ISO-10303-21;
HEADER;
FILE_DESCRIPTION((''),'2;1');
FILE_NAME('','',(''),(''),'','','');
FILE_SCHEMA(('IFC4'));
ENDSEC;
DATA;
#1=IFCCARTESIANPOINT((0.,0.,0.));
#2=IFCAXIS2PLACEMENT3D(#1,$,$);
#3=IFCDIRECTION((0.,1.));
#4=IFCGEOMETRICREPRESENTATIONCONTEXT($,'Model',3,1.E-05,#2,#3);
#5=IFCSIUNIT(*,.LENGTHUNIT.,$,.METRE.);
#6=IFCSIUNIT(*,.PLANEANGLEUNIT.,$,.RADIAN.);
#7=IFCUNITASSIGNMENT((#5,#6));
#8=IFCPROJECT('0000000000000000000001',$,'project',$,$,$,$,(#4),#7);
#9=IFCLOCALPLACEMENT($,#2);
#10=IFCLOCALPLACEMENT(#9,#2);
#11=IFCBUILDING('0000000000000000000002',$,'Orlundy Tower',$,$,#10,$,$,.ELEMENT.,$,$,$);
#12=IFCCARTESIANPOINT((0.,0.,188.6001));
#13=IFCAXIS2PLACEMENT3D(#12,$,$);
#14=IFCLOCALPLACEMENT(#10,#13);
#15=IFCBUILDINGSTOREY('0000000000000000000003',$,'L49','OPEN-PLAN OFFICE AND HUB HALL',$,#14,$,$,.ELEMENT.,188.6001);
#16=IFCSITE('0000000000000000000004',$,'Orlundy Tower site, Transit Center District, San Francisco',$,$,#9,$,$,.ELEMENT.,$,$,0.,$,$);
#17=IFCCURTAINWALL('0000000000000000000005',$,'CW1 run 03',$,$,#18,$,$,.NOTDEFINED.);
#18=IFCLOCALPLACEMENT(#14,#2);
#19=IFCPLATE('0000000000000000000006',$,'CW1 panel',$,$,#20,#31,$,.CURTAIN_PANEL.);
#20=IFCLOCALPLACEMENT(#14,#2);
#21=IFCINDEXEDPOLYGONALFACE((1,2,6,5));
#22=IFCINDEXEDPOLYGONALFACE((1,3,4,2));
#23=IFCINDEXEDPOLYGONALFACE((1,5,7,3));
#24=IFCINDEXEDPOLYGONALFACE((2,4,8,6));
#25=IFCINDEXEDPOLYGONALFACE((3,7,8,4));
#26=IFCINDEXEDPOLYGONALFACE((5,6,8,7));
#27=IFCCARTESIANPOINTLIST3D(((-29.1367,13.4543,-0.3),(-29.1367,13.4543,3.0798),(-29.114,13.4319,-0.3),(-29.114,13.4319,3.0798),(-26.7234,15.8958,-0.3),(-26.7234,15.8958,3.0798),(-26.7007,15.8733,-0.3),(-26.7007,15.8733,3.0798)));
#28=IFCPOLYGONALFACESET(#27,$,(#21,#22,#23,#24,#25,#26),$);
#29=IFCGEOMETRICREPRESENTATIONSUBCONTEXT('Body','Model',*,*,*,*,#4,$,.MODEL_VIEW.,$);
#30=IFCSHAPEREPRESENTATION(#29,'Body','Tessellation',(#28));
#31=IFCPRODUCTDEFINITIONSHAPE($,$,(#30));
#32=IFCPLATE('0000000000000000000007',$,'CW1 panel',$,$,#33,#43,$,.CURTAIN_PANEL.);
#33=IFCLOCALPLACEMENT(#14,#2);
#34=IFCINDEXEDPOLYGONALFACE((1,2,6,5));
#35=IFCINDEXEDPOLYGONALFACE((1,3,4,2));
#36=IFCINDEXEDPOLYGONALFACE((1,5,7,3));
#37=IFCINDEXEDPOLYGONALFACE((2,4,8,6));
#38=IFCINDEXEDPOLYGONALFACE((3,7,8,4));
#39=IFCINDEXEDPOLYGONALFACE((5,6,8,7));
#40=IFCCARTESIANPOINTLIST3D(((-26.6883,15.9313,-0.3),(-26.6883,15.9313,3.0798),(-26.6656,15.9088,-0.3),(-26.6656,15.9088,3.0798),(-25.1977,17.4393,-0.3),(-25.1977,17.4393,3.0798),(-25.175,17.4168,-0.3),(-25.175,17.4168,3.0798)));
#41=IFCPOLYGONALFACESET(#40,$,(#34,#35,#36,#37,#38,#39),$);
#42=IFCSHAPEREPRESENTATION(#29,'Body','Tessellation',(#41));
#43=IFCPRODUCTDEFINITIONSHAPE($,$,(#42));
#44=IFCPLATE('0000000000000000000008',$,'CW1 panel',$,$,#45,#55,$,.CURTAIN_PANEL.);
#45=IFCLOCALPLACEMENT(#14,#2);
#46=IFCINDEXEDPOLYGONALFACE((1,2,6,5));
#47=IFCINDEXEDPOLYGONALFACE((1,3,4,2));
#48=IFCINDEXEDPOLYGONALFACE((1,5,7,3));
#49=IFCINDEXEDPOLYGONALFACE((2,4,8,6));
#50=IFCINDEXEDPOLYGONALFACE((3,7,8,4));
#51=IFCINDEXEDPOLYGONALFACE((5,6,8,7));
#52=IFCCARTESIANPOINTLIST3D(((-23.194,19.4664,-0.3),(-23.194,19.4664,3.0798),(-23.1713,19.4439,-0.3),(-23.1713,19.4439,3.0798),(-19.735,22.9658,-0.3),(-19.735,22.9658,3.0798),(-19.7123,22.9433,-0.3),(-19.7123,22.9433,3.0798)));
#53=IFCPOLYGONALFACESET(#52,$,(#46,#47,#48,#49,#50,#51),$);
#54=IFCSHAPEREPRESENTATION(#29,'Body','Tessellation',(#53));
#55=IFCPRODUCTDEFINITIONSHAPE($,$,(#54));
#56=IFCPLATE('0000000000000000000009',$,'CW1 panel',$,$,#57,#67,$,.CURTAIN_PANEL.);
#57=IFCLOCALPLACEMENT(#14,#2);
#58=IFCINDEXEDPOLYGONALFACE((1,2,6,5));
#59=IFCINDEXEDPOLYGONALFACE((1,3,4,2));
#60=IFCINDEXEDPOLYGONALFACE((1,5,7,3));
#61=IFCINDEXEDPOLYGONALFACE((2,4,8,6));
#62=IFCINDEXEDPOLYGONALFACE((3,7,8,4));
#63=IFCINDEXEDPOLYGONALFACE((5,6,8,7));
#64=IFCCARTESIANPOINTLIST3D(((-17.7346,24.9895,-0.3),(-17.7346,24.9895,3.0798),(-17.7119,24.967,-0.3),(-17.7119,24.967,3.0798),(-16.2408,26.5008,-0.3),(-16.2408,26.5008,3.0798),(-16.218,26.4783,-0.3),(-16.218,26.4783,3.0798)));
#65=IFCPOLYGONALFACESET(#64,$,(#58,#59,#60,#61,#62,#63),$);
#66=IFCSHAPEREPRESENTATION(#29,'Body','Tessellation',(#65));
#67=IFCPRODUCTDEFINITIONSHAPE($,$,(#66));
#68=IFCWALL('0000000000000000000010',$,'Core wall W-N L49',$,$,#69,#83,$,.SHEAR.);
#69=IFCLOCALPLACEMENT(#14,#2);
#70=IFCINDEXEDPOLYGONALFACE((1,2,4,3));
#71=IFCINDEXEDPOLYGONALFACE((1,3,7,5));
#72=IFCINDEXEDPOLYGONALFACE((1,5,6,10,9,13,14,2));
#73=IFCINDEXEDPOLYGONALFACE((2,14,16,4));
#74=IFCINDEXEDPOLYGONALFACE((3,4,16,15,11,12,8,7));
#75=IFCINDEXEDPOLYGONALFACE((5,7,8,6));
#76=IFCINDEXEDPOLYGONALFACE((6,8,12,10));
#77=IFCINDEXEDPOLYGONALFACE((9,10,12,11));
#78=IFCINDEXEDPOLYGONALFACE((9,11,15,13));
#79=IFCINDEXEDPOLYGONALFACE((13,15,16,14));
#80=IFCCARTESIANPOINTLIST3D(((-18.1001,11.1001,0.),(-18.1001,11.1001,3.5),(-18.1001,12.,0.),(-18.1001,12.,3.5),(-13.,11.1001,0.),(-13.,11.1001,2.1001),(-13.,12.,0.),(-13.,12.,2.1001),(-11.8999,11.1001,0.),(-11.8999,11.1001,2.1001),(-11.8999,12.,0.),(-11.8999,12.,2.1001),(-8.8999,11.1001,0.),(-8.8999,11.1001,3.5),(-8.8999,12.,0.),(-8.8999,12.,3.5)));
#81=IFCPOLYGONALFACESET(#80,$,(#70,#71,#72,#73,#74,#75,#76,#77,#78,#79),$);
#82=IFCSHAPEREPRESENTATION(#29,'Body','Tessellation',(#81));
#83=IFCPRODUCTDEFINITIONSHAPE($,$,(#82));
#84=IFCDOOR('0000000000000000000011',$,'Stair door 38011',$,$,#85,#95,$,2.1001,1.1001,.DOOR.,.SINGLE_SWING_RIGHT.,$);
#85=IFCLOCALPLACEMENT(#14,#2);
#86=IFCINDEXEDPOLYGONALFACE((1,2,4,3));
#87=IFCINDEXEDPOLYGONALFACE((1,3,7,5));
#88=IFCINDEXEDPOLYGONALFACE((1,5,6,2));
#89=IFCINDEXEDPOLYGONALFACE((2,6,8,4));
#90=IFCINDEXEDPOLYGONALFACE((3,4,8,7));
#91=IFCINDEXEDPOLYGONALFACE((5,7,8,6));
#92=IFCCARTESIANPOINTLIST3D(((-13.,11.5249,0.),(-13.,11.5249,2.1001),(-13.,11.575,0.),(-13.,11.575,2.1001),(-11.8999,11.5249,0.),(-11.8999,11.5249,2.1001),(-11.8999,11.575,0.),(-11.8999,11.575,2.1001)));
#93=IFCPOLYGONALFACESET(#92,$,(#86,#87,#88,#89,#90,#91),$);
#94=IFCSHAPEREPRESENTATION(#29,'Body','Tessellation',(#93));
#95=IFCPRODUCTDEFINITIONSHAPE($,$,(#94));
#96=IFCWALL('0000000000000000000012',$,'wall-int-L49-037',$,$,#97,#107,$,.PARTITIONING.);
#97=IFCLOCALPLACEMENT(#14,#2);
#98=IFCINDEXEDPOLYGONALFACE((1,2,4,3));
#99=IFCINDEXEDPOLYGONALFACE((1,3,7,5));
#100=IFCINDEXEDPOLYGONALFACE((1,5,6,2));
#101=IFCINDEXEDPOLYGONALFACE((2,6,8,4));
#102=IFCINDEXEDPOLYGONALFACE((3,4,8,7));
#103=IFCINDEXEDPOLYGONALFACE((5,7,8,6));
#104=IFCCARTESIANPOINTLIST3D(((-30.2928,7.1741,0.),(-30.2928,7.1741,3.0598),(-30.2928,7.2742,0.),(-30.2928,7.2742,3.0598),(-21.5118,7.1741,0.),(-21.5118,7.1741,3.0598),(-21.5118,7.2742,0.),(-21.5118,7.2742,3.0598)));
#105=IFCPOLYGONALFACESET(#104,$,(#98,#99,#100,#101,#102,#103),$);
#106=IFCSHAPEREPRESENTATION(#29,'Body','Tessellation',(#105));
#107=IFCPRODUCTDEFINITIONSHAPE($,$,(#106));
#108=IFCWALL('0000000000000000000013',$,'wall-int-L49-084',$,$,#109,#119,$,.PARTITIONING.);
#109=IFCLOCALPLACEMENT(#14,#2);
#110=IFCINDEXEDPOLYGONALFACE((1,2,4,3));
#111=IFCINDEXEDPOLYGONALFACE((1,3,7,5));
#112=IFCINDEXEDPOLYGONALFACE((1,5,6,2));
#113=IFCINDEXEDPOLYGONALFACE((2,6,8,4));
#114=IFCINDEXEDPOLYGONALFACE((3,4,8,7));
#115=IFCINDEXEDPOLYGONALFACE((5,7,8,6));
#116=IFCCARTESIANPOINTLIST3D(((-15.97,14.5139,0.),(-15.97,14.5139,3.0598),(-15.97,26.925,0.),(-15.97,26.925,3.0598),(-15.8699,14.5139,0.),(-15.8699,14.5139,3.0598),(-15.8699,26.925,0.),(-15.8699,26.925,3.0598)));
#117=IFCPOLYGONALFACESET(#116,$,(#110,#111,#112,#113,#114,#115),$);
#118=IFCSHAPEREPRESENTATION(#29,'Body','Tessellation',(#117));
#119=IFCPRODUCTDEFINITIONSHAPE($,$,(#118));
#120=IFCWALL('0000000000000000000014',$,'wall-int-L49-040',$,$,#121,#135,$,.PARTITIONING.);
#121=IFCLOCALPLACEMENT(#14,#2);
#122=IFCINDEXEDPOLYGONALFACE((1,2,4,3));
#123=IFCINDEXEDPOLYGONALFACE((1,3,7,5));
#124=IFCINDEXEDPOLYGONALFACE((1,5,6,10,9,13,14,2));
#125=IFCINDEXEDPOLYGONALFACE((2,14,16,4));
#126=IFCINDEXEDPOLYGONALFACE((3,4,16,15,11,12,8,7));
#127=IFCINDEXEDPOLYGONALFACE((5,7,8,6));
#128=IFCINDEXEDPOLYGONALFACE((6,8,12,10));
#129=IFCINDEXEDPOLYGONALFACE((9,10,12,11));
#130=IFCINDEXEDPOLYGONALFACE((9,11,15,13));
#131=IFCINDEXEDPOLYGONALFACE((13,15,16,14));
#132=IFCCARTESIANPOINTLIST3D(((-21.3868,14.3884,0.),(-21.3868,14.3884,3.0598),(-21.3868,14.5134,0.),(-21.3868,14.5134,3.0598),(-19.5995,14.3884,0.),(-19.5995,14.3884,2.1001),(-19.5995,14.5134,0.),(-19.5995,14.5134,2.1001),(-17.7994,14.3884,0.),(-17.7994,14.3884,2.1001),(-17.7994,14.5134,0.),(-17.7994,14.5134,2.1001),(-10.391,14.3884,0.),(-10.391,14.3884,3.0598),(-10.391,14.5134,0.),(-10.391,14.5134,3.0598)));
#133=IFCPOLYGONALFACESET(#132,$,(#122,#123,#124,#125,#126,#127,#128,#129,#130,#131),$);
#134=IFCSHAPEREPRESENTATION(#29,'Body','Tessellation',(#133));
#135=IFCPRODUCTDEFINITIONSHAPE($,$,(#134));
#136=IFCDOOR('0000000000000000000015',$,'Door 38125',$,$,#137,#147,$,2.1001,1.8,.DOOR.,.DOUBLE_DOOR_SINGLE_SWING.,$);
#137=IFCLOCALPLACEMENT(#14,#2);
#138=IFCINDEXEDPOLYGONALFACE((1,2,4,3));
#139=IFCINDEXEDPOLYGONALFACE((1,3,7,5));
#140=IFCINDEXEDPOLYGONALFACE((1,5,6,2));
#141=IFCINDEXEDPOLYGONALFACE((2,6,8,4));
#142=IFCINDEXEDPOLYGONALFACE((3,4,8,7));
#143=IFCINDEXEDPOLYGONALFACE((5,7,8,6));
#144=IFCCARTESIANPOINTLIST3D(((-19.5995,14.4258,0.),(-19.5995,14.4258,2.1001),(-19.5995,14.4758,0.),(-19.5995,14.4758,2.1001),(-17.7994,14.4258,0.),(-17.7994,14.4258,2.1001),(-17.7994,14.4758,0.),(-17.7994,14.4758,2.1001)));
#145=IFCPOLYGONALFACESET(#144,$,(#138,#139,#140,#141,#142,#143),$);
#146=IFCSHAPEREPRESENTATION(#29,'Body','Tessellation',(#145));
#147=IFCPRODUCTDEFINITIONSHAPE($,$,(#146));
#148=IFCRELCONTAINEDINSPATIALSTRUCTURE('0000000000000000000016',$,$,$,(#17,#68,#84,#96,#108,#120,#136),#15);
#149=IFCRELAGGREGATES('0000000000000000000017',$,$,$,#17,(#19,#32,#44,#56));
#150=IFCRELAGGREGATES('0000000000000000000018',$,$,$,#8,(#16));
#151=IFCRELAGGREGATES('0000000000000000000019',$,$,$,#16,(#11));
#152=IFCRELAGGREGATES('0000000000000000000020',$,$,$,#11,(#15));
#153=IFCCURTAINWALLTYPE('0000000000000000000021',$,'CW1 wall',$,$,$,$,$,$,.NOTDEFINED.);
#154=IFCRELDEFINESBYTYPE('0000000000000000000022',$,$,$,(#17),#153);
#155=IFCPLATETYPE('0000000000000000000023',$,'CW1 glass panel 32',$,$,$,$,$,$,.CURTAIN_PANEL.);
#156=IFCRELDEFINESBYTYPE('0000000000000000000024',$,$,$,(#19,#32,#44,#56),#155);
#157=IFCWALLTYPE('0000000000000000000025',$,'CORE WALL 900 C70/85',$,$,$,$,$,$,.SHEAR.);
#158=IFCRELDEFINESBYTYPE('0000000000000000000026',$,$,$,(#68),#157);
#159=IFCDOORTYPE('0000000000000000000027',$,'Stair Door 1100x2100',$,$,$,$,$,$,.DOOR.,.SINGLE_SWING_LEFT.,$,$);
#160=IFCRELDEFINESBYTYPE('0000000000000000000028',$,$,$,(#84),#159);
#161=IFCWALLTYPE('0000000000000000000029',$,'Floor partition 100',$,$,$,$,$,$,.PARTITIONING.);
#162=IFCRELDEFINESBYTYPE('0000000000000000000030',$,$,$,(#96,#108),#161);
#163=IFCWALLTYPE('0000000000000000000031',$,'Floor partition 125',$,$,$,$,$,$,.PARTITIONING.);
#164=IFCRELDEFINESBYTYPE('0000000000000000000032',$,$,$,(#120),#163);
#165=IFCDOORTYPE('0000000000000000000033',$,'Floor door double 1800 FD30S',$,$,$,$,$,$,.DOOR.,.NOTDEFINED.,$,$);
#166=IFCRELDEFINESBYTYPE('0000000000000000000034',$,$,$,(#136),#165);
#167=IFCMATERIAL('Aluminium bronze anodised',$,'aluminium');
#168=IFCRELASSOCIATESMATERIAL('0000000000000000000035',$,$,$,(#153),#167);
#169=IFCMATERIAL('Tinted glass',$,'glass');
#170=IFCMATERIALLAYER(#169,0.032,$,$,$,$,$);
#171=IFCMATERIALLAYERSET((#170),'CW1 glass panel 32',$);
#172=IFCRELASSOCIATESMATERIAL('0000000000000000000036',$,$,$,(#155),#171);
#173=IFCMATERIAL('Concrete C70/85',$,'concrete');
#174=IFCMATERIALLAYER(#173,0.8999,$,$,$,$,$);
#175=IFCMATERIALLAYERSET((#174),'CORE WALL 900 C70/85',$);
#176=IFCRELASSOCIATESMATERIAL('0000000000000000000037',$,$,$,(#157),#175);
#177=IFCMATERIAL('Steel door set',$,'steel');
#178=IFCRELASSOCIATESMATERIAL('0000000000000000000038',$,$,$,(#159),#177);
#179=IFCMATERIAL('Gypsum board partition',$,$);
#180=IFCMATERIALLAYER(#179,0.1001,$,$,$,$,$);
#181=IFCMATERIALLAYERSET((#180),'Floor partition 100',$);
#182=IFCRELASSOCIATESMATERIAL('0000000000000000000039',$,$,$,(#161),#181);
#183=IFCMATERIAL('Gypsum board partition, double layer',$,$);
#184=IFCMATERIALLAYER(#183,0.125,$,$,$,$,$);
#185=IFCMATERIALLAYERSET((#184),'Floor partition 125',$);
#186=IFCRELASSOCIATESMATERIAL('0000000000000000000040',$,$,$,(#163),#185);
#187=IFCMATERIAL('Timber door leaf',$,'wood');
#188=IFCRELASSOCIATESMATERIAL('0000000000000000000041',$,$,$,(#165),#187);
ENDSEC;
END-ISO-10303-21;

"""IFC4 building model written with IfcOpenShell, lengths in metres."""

from ifc_helpers import new_model, si_unit, direction, frame, frame_2d, origin, origin_2d, place, context, subcontext, project, spatial, rectangle, extrude, material, layer, layer_set, type_object, element, fill, aggregate, save


model = new_model("IFC4")

# Units and contexts
model_context = context("Model", 3, precision=1e-05, world=origin(), true_north=direction((0.0, 1.0)))
body_context = subcontext(model_context, "Body", "Model", "MODEL_VIEW")
ifc_project = project(units=[si_unit("LENGTHUNIT", "METRE"), si_unit("PLANEANGLEUNIT", "RADIAN")], contexts=[model_context])

# Site, building, storey
site_placement = place(None, origin())
site = spatial("IfcSite", under=ifc_project, at=site_placement, Name="Orlundy Tower site, Transit Center District, San Francisco", CompositionType="ELEMENT", RefElevation=0.0)
building_placement = place(site_placement, origin())
building = spatial("IfcBuilding", under=site, at=building_placement, Name="Orlundy Tower", CompositionType="ELEMENT")
storey_placement = place(building_placement, frame((0.0, 0.0, 188.6001)))
storey = spatial("IfcBuildingStorey", under=building, at=storey_placement, Name="L49", Description="OPEN-PLAN OFFICE AND HUB HALL", CompositionType="ELEMENT", Elevation=188.6001)

# Shared definitions
ifc_material_1 = material(Name="Aluminium bronze anodised", Category="aluminium")
curtain_wall_type = type_object("IfcCurtainWallType", Name="CW1 wall", PredefinedType="NOTDEFINED", material=ifc_material_1)

# Curtain wall
curtain_wall_1_placement = place(storey_placement, origin())
curtain_wall_1 = element("IfcCurtainWall", 1, at=curtain_wall_1_placement, inside=storey, type_object=curtain_wall_type, Name="CW1 run 03", PredefinedType="NOTDEFINED")

# Plates
ifc_material_2 = material(Name="Tinted glass", Category="glass")
ifc_layer_1 = layer(ifc_material_2, 0.032)
ifc_layer_set_1 = layer_set([ifc_layer_1], Name="CW1 glass panel 32")
plate_type = type_object("IfcPlateType", Name="CW1 glass panel 32", PredefinedType="CURTAIN_PANEL", material=ifc_layer_set_1)
plate_1_placement = place(storey_placement, frame((-27.9187, 14.6638, -0.3), z_axis=(0.0, 0.0, 1.0), x_axis=(0.702991, 0.711199, 0.0)))
plate_1 = element("IfcPlate", 2, at=plate_1_placement, type_object=plate_type, Name="CW1 panel", PredefinedType="CURTAIN_PANEL", context=body_context, shape_type="SweptSolid", body=[
    extrude(rectangle(XDim=3.4329, YDim=0.032, at=origin_2d()), origin(), (0.0, 0.0, 1.0), 3.3799),
])
plate_2_placement = place(storey_placement, frame((-25.9316, 16.6741, -0.3), z_axis=(0.0, 0.0, 1.0), x_axis=(0.702991, 0.711199, 0.0)))
plate_2 = element("IfcPlate", 3, at=plate_2_placement, type_object=plate_type, Name="CW1 panel", PredefinedType="CURTAIN_PANEL", context=body_context, shape_type="SweptSolid", body=[
    extrude(rectangle(XDim=2.1204, YDim=0.032, at=origin_2d()), origin(), (0.0, 0.0, 1.0), 3.3799),
])
plate_3_placement = place(storey_placement, frame((-21.4531, 21.2048, -0.3), z_axis=(0.0, 0.0, 1.0), x_axis=(0.702991, 0.711199, 0.0)))
plate_3 = element("IfcPlate", 4, at=plate_3_placement, type_object=plate_type, Name="CW1 panel", PredefinedType="CURTAIN_PANEL", context=body_context, shape_type="SweptSolid", body=[
    extrude(rectangle(XDim=4.9204, YDim=0.032, at=origin_2d()), origin(), (0.0, 0.0, 1.0), 3.3799),
])
plate_4_placement = place(storey_placement, frame((-16.9763, 25.7339, -0.3), z_axis=(0.0, 0.0, 1.0), x_axis=(0.702991, 0.711199, 0.0)))
plate_4 = element("IfcPlate", 5, at=plate_4_placement, type_object=plate_type, Name="CW1 panel", PredefinedType="CURTAIN_PANEL", context=body_context, shape_type="SweptSolid", body=[
    extrude(rectangle(XDim=2.125, YDim=0.032, at=origin_2d()), origin(), (0.0, 0.0, 1.0), 3.3799),
])
aggregate(curtain_wall_1, [plate_1, plate_2, plate_3, plate_4])

# Wall, opening, door
ifc_material_3 = material(Name="Concrete C70/85", Category="concrete")
ifc_layer_2 = layer(ifc_material_3, 0.8999)
ifc_layer_set_2 = layer_set([ifc_layer_2], Name="CORE WALL 900 C70/85")
wall_type_1 = type_object("IfcWallType", Name="CORE WALL 900 C70/85", PredefinedType="SHEAR", material=ifc_layer_set_2)
wall_1_placement = place(storey_placement, frame((-18.1001, 11.55, 0.0), z_axis=(0.0, 0.0, 1.0), x_axis=(1.0, 0.0, 0.0)))
wall_1 = element("IfcWall", 6, at=wall_1_placement, inside=storey, type_object=wall_type_1, Name="Core wall W-N L49", PredefinedType="SHEAR", context=body_context, shape_type="SweptSolid", body=[
    extrude(rectangle(XDim=9.2002, YDim=0.8999, at=frame_2d((4.6001, 0.0))), origin(), (0.0, 0.0, 1.0), 3.5),
])
opening_1_placement = place(wall_1_placement, frame((5.1001, 0.0, 0.0)))
opening_1 = element("IfcOpeningElement", 7, at=opening_1_placement, cuts=wall_1, PredefinedType="OPENING", context=body_context, shape_type="SweptSolid", body=[
    extrude(rectangle(XDim=1.1001, YDim=2.1001, at=frame_2d((0.55, 1.05))), frame((0.0, 0.46, 0.0), z_axis=(0.0, -1.0, 0.0), x_axis=(1.0, 0.0, 0.0)), (0.0, 0.0, 1.0), 0.9199),
])
ifc_material_4 = material(Name="Steel door set", Category="steel")
door_type_1 = type_object("IfcDoorType", Name="Stair Door 1100x2100", OperationType="SINGLE_SWING_LEFT", PredefinedType="DOOR", material=ifc_material_4)
door_1_placement = place(opening_1_placement, origin())
door_1 = element("IfcDoor", 8, at=door_1_placement, inside=storey, type_object=door_type_1, Name="Stair door 38011", OperationType="SINGLE_SWING_RIGHT", OverallHeight=2.1001, OverallWidth=1.1001, PredefinedType="DOOR", context=body_context, shape_type="SweptSolid", body=[
    extrude(rectangle(XDim=1.1001, YDim=2.1001, at=frame_2d((0.55, 1.05))), frame((0.0, 0.0249, 0.0), z_axis=(0.0, -1.0, 0.0), x_axis=(1.0, 0.0, 0.0)), (0.0, 0.0, 1.0), 0.05),
])
fill(opening_1, door_1)

# Walls
ifc_material_5 = material(Name="Gypsum board partition")
ifc_layer_3 = layer(ifc_material_5, 0.1001)
ifc_layer_set_3 = layer_set([ifc_layer_3], Name="Floor partition 100")
wall_type_2 = type_object("IfcWallType", Name="Floor partition 100", PredefinedType="PARTITIONING", material=ifc_layer_set_3)
wall_2_placement = place(storey_placement, frame((-30.293, 7.2241, 0.0), z_axis=(0.0, 0.0, 1.0), x_axis=(1.0, 0.0, 0.0)))
element("IfcWall", 9, at=wall_2_placement, inside=storey, type_object=wall_type_2, Name="wall-int-L49-037", PredefinedType="PARTITIONING", context=body_context, shape_type="SweptSolid", body=[
    extrude(rectangle(XDim=8.781, YDim=0.1001, at=frame_2d((4.3906, 0.0))), origin(), (0.0, 0.0, 1.0), 3.0598),
])
wall_3_placement = place(storey_placement, frame((-15.9199, 14.5139, 0.0), z_axis=(0.0, 0.0, 1.0), x_axis=(0.0, 1.0, 0.0)))
element("IfcWall", 10, at=wall_3_placement, inside=storey, type_object=wall_type_2, Name="wall-int-L49-084", PredefinedType="PARTITIONING", context=body_context, shape_type="SweptSolid", body=[
    extrude(rectangle(XDim=12.4111, YDim=0.1001, at=frame_2d((6.2056, 0.0))), origin(), (0.0, 0.0, 1.0), 3.0598),
])

# Wall, opening, door
ifc_material_6 = material(Name="Gypsum board partition, double layer")
ifc_layer_4 = layer(ifc_material_6, 0.125)
ifc_layer_set_4 = layer_set([ifc_layer_4], Name="Floor partition 125")
wall_type_3 = type_object("IfcWallType", Name="Floor partition 125", PredefinedType="PARTITIONING", material=ifc_layer_set_4)
wall_4_placement = place(storey_placement, frame((-21.387, 14.4509, 0.0), z_axis=(0.0, 0.0, 1.0), x_axis=(1.0, 0.0, 0.0)))
wall_4 = element("IfcWall", 11, at=wall_4_placement, inside=storey, type_object=wall_type_3, Name="wall-int-L49-040", PredefinedType="PARTITIONING", context=body_context, shape_type="SweptSolid", body=[
    extrude(rectangle(XDim=10.9958, YDim=0.125, at=frame_2d((5.498, 0.0))), origin(), (0.0, 0.0, 1.0), 3.0598),
])
opening_2_placement = place(wall_4_placement, frame((1.7876, 0.0, 0.0)))
opening_2 = element("IfcOpeningElement", 12, at=opening_2_placement, cuts=wall_4, PredefinedType="OPENING", context=body_context, shape_type="SweptSolid", body=[
    extrude(rectangle(XDim=1.8, YDim=2.1001, at=frame_2d((0.8999, 1.05))), frame((0.0, 0.0725, 0.0), z_axis=(0.0, -1.0, 0.0), x_axis=(1.0, 0.0, 0.0)), (0.0, 0.0, 1.0), 0.145),
])
ifc_material_7 = material(Name="Timber door leaf", Category="wood")
door_type_2 = type_object("IfcDoorType", Name="Floor door double 1800 FD30S", OperationType="NOTDEFINED", PredefinedType="DOOR", material=ifc_material_7)
door_2_placement = place(opening_2_placement, origin())
door_2 = element("IfcDoor", 13, at=door_2_placement, inside=storey, type_object=door_type_2, Name="Door 38125", OperationType="DOUBLE_DOOR_SINGLE_SWING", OverallHeight=2.1001, OverallWidth=1.8, PredefinedType="DOOR", context=body_context, shape_type="SweptSolid", body=[
    extrude(rectangle(XDim=1.8, YDim=2.1001, at=frame_2d((0.8999, 1.05))), frame((0.0, 0.0249, 0.0), z_axis=(0.0, -1.0, 0.0), x_axis=(1.0, 0.0, 0.0)), (0.0, 0.0, 1.0), 0.05),
])
fill(opening_2, door_2)

save(model, "model.ifc")
